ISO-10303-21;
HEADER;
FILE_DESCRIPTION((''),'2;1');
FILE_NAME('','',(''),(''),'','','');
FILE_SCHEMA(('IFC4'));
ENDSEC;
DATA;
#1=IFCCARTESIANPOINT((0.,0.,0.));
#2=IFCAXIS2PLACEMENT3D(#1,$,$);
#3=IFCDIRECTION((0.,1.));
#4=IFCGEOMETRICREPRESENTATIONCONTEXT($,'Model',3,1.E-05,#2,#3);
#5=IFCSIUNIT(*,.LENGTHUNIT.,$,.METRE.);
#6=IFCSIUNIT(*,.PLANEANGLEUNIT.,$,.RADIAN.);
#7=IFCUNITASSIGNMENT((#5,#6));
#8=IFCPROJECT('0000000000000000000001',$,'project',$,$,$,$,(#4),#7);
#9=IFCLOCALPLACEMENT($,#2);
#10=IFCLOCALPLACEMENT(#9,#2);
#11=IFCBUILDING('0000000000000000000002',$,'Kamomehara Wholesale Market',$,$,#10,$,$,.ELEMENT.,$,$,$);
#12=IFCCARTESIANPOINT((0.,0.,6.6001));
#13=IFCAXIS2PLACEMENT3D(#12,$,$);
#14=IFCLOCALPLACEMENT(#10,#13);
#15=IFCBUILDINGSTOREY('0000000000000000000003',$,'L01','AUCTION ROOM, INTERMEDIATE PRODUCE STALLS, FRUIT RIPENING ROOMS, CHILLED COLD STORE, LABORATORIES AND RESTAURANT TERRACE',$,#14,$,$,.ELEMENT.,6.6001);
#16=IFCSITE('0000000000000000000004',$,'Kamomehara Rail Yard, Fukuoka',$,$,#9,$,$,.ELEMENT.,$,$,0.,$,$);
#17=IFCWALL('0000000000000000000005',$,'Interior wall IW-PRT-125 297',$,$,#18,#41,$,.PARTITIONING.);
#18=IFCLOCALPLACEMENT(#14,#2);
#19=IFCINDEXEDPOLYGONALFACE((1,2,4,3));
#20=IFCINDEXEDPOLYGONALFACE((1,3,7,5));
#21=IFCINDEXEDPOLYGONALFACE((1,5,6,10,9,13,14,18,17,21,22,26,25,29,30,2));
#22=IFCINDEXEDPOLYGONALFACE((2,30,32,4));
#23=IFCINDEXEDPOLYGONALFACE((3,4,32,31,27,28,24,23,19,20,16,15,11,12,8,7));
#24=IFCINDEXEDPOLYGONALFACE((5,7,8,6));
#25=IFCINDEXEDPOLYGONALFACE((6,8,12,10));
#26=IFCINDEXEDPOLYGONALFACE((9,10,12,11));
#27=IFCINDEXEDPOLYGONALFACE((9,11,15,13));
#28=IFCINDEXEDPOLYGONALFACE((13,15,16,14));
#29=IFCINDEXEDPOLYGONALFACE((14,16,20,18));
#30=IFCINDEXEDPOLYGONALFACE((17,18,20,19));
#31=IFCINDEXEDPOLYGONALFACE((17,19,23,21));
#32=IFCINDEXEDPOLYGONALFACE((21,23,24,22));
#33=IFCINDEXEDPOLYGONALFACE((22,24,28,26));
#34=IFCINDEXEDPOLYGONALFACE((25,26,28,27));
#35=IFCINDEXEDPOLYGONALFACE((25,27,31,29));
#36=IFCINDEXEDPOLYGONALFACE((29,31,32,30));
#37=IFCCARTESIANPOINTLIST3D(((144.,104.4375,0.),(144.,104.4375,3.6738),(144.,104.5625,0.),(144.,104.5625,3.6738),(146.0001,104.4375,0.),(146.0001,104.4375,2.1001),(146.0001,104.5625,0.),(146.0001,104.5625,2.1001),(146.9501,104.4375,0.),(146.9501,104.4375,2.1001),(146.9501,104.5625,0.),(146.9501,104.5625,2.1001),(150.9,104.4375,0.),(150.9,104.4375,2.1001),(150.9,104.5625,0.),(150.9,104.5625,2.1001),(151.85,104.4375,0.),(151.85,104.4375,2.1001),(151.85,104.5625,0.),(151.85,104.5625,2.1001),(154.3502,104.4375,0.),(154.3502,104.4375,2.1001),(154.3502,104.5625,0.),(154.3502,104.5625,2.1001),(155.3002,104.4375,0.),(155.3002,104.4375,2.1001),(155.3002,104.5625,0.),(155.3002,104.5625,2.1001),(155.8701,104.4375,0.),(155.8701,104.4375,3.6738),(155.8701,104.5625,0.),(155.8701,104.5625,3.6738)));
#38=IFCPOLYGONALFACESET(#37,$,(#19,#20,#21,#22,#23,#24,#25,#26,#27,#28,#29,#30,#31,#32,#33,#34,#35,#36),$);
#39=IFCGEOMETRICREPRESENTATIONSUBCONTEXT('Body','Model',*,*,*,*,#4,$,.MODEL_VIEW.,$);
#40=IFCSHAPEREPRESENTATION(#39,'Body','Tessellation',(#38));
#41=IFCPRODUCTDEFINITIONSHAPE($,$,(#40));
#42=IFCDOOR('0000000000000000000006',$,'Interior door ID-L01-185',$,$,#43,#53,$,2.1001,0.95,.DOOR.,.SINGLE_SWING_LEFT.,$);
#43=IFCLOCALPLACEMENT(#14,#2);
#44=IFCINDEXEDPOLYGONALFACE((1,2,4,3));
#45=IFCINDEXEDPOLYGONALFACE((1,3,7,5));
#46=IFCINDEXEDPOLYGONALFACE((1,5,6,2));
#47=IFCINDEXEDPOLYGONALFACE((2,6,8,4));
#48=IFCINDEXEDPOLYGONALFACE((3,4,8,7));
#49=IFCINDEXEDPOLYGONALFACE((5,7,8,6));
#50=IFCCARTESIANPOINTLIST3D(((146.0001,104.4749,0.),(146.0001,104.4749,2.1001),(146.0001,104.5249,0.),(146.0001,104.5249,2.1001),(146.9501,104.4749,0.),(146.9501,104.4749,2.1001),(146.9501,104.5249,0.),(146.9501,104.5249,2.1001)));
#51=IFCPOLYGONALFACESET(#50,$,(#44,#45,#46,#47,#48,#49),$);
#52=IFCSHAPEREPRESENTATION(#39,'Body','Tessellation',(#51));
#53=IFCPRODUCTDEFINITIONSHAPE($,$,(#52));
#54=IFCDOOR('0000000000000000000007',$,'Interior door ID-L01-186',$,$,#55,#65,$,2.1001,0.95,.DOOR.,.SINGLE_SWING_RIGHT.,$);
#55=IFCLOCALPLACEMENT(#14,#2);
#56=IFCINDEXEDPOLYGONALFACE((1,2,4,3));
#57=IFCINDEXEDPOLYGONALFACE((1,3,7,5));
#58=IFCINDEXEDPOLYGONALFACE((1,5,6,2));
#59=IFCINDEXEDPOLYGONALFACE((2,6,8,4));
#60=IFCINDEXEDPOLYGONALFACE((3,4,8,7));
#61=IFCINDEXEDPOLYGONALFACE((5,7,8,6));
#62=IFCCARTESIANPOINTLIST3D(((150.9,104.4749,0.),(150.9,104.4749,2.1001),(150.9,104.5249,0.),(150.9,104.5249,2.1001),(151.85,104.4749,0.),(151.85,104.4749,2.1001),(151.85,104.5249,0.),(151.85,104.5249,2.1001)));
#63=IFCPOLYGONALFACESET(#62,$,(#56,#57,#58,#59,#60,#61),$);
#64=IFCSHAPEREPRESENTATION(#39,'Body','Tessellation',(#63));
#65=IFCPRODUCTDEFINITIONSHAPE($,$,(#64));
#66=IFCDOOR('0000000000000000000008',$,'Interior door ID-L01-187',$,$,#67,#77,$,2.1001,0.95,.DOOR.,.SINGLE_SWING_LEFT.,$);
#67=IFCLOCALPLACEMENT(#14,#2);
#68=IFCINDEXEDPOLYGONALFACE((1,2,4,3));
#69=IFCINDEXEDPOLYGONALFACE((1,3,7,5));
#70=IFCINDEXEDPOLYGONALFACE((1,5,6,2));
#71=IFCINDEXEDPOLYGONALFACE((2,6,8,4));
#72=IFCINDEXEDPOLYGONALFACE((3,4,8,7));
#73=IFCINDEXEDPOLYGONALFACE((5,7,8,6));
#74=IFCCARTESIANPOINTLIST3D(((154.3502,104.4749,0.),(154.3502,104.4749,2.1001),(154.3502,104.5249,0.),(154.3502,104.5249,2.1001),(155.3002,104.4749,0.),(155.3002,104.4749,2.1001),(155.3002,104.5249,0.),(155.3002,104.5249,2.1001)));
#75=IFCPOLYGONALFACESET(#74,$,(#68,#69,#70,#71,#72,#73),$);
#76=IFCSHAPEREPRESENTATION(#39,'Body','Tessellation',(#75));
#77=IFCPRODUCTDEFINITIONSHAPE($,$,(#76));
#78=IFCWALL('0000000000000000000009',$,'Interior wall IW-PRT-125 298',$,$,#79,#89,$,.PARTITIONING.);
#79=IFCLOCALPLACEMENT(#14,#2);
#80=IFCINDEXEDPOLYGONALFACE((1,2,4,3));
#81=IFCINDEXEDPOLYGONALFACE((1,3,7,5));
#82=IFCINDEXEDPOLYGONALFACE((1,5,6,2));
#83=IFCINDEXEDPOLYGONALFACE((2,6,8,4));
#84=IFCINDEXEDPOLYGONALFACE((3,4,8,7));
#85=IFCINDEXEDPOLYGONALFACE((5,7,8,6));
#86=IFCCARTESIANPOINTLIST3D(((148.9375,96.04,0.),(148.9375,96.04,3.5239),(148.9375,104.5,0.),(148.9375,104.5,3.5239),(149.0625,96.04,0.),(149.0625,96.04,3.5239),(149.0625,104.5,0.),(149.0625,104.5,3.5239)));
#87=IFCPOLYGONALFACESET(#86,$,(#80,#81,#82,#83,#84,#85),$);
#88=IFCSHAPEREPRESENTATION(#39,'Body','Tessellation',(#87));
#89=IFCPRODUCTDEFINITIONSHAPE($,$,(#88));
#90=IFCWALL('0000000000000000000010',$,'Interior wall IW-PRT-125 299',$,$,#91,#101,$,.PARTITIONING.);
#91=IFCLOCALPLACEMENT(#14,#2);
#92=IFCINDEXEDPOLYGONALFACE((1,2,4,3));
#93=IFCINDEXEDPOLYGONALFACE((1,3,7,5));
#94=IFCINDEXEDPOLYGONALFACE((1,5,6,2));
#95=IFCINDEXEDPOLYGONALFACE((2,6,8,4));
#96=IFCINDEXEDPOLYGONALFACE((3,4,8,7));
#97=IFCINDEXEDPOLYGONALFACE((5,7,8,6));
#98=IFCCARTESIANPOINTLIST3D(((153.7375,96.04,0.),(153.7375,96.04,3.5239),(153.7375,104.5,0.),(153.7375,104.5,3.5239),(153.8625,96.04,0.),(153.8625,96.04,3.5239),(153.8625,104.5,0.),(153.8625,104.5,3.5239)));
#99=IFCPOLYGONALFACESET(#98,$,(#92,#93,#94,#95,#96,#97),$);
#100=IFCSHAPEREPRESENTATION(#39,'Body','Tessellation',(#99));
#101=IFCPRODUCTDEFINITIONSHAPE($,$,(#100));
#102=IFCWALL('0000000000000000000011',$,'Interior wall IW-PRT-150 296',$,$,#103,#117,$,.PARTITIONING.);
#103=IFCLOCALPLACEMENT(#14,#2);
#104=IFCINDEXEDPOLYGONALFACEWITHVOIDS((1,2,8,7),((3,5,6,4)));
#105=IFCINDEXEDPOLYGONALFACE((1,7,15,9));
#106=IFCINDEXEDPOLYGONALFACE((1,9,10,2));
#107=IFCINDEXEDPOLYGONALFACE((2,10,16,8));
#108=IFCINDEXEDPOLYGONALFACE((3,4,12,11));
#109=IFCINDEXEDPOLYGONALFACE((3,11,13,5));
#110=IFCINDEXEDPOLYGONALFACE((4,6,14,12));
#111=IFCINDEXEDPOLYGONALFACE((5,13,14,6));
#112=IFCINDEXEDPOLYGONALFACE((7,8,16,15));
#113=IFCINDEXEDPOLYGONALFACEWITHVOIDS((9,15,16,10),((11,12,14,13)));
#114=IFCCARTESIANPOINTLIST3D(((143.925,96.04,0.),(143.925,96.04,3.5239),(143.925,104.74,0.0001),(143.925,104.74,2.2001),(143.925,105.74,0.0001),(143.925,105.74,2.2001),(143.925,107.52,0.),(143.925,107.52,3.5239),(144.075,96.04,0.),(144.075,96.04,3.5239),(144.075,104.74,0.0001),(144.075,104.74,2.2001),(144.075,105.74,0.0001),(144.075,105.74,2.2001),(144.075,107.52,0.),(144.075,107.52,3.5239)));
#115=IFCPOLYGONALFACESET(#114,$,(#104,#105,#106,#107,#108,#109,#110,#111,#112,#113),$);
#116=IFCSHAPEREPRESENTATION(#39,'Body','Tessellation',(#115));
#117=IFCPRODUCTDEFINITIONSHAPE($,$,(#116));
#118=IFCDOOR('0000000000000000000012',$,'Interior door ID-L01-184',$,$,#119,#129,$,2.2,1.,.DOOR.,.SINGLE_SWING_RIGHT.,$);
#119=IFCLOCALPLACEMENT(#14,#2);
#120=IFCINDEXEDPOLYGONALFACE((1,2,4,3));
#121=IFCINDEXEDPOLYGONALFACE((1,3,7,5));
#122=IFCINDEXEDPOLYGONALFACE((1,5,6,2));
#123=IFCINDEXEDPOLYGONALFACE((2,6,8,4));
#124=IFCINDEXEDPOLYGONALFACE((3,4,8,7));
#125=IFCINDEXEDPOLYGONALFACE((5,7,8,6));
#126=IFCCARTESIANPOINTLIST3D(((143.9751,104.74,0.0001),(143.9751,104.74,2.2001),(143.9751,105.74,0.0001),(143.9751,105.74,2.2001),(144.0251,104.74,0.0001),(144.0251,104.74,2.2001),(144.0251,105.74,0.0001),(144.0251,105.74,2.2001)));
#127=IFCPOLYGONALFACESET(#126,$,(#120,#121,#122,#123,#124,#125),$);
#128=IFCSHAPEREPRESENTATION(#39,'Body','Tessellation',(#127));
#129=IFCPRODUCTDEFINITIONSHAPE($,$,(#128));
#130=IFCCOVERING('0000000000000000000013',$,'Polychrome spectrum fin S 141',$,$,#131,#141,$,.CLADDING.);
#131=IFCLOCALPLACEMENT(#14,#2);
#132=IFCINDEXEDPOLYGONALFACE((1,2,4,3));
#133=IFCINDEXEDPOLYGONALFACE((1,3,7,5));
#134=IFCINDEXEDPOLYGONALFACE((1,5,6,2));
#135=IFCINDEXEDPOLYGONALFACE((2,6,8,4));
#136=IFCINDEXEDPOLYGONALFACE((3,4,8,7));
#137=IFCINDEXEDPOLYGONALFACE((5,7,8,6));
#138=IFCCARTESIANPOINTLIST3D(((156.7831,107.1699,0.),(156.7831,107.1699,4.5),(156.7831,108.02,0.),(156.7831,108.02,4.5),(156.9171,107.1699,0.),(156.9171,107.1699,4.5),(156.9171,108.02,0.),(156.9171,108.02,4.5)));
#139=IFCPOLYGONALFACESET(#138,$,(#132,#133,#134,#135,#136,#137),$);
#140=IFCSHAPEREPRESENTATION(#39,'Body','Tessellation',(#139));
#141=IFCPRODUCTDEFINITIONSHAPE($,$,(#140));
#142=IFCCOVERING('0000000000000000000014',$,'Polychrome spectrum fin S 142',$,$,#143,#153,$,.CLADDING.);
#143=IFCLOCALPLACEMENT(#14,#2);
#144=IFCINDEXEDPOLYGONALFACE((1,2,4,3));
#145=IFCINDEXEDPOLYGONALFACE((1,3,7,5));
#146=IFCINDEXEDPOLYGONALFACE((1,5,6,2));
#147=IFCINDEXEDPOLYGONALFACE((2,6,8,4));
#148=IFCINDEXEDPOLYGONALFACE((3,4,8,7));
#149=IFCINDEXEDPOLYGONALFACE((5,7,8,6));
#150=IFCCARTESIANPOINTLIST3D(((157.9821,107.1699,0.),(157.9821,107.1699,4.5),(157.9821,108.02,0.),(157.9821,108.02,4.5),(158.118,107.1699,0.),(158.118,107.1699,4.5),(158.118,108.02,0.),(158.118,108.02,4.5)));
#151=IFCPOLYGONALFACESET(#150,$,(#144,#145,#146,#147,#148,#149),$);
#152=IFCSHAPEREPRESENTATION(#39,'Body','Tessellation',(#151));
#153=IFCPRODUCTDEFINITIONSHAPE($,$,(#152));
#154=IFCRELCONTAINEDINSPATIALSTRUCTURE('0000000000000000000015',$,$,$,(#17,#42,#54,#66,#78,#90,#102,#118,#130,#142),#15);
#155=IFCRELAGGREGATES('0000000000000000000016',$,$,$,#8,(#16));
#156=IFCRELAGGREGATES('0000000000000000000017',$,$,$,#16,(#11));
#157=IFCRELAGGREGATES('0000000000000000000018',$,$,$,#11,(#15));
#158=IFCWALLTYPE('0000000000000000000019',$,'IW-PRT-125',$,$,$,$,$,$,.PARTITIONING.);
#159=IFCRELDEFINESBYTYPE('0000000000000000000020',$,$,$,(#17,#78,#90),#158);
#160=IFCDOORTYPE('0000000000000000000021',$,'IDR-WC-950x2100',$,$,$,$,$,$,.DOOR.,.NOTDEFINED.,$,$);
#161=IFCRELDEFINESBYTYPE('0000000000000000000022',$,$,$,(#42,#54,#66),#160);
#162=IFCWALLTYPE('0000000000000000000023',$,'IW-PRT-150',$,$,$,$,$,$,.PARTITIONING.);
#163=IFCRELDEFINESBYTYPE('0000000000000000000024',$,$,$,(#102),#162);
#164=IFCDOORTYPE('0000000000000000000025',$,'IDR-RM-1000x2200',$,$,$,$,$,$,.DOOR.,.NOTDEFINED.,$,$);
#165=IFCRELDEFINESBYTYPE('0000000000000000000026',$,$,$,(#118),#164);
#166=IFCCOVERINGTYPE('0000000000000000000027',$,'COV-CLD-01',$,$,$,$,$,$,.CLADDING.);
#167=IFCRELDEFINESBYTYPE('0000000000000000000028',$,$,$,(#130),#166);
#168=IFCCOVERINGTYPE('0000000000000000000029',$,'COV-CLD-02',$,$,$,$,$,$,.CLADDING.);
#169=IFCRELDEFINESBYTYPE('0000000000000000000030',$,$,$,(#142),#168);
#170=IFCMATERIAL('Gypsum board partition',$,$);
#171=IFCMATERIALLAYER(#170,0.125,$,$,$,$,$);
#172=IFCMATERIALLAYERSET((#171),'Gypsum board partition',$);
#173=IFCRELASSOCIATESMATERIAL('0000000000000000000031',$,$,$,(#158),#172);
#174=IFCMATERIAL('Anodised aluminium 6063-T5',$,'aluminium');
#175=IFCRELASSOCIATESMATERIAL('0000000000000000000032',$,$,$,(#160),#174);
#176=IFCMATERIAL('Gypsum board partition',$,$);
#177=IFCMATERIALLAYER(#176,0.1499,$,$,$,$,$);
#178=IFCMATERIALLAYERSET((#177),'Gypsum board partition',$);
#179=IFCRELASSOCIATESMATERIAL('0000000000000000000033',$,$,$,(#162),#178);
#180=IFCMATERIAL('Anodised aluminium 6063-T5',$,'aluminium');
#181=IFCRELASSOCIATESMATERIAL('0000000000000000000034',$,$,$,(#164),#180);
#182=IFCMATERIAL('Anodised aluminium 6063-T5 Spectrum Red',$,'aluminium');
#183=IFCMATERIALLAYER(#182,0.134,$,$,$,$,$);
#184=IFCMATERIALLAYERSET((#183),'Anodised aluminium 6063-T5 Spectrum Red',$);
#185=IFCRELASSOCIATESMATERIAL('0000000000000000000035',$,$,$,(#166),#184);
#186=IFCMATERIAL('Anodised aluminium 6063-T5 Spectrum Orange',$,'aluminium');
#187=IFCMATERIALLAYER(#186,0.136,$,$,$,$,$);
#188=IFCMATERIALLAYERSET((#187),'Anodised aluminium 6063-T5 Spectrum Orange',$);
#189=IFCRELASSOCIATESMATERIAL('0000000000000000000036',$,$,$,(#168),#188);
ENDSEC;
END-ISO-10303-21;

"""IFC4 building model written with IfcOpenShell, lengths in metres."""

from ifc_helpers import new_model, si_unit, direction, frame, frame_2d, origin, origin_2d, place, context, subcontext, project, spatial, rectangle, extrude, material, layer, layer_set, type_object, element, fill, save


model = new_model("IFC4")

# Units and contexts
model_context = context("Model", 3, precision=1e-05, world=origin(), true_north=direction((0.0, 1.0)))
body_context = subcontext(model_context, "Body", "Model", "MODEL_VIEW")
ifc_project = project(units=[si_unit("LENGTHUNIT", "METRE"), si_unit("PLANEANGLEUNIT", "RADIAN")], contexts=[model_context])

# Site, building, storey
site_placement = place(None, origin())
site = spatial("IfcSite", under=ifc_project, at=site_placement, Name="Kamomehara Rail Yard, Fukuoka", CompositionType="ELEMENT", RefElevation=0.0)
building_placement = place(site_placement, origin())
building = spatial("IfcBuilding", under=site, at=building_placement, Name="Kamomehara Wholesale Market", CompositionType="ELEMENT")
storey_placement = place(building_placement, frame((0.0, 0.0, 6.6001)))
storey = spatial("IfcBuildingStorey", under=building, at=storey_placement, Name="L01", Description="AUCTION ROOM, INTERMEDIATE PRODUCE STALLS, FRUIT RIPENING ROOMS, CHILLED COLD STORE, LABORATORIES AND RESTAURANT TERRACE", CompositionType="ELEMENT", Elevation=6.6001)

# Wall, openings, doors
ifc_material_1 = material(Name="Gypsum board partition")
ifc_layer_1 = layer(ifc_material_1, 0.125)
ifc_layer_set_1 = layer_set([ifc_layer_1], Name="Gypsum board partition")
wall_type_1 = type_object("IfcWallType", Name="IW-PRT-125", PredefinedType="PARTITIONING", material=ifc_layer_set_1)
wall_1_placement = place(storey_placement, frame((144.0, 104.5, 0.0), z_axis=(0.0, 0.0, 1.0), x_axis=(1.0, 0.0, 0.0)))
wall_1 = element("IfcWall", 1, at=wall_1_placement, inside=storey, type_object=wall_type_1, Name="Interior wall IW-PRT-125 297", PredefinedType="PARTITIONING", context=body_context, shape_type="SweptSolid", body=[
    extrude(rectangle(XDim=11.8701, YDim=0.125, at=frame_2d((5.9351, 0.0))), origin(), (0.0, 0.0, 1.0), 3.6738),
])
opening_1_placement = place(wall_1_placement, frame((2.0, 0.0, 0.0)))
opening_1 = element("IfcOpeningElement", 2, at=opening_1_placement, cuts=wall_1, PredefinedType="OPENING", context=body_context, shape_type="SweptSolid", body=[
    extrude(rectangle(XDim=0.95, YDim=2.1001, at=frame_2d((0.4751, 1.05))), frame((0.0, 0.0774, 0.0), z_axis=(0.0, -1.0, 0.0), x_axis=(1.0, 0.0, 0.0)), (0.0, 0.0, 1.0), 0.1548),
])
opening_2_placement = place(wall_1_placement, frame((6.8999, 0.0, 0.0)))
opening_2 = element("IfcOpeningElement", 3, at=opening_2_placement, cuts=wall_1, PredefinedType="OPENING", context=body_context, shape_type="SweptSolid", body=[
    extrude(rectangle(XDim=0.95, YDim=2.1001, at=frame_2d((0.4751, 1.05))), frame((0.0, 0.0774, 0.0), z_axis=(0.0, -1.0, 0.0), x_axis=(1.0, 0.0, 0.0)), (0.0, 0.0, 1.0), 0.1548),
])
opening_3_placement = place(wall_1_placement, frame((10.3501, 0.0, 0.0)))
opening_3 = element("IfcOpeningElement", 4, at=opening_3_placement, cuts=wall_1, PredefinedType="OPENING", context=body_context, shape_type="SweptSolid", body=[
    extrude(rectangle(XDim=0.95, YDim=2.1001, at=frame_2d((0.4751, 1.05))), frame((0.0, 0.0774, 0.0), z_axis=(0.0, -1.0, 0.0), x_axis=(1.0, 0.0, 0.0)), (0.0, 0.0, 1.0), 0.1548),
])
ifc_material_2 = material(Name="Anodised aluminium 6063-T5", Category="aluminium")
door_type_1 = type_object("IfcDoorType", Name="IDR-WC-950x2100", OperationType="NOTDEFINED", PredefinedType="DOOR", material=ifc_material_2)
door_1_placement = place(opening_1_placement, origin())
door_1 = element("IfcDoor", 5, at=door_1_placement, inside=storey, type_object=door_type_1, Name="Interior door ID-L01-185", OperationType="SINGLE_SWING_LEFT", OverallHeight=2.1001, OverallWidth=0.95, PredefinedType="DOOR", context=body_context, shape_type="SweptSolid", body=[
    extrude(rectangle(XDim=0.95, YDim=2.1001, at=frame_2d((0.4751, 1.05))), frame((0.0, 0.0249, 0.0), z_axis=(0.0, -1.0, 0.0), x_axis=(1.0, 0.0, 0.0)), (0.0, 0.0, 1.0), 0.05),
])
fill(opening_1, door_1)
door_2_placement = place(opening_2_placement, origin())
door_2 = element("IfcDoor", 6, at=door_2_placement, inside=storey, type_object=door_type_1, Name="Interior door ID-L01-186", OperationType="SINGLE_SWING_RIGHT", OverallHeight=2.1001, OverallWidth=0.95, PredefinedType="DOOR", context=body_context, shape_type="SweptSolid", body=[
    extrude(rectangle(XDim=0.95, YDim=2.1001, at=frame_2d((0.4751, 1.05))), frame((0.0, 0.0249, 0.0), z_axis=(0.0, -1.0, 0.0), x_axis=(1.0, 0.0, 0.0)), (0.0, 0.0, 1.0), 0.05),
])
fill(opening_2, door_2)
door_3_placement = place(opening_3_placement, origin())
door_3 = element("IfcDoor", 7, at=door_3_placement, inside=storey, type_object=door_type_1, Name="Interior door ID-L01-187", OperationType="SINGLE_SWING_LEFT", OverallHeight=2.1001, OverallWidth=0.95, PredefinedType="DOOR", context=body_context, shape_type="SweptSolid", body=[
    extrude(rectangle(XDim=0.95, YDim=2.1001, at=frame_2d((0.4751, 1.05))), frame((0.0, 0.0249, 0.0), z_axis=(0.0, -1.0, 0.0), x_axis=(1.0, 0.0, 0.0)), (0.0, 0.0, 1.0), 0.05),
])
fill(opening_3, door_3)

# Walls
for number, where, z_axis, x_axis, name in (
    (8, (149.0, 96.04, 0.0), (0.0, 0.0, 1.0), (0.0, 1.0, 0.0), "Interior wall IW-PRT-125 298"),
    (9, (153.8, 96.04, 0.0), (0.0, 0.0, 1.0), (0.0, 1.0, 0.0), "Interior wall IW-PRT-125 299"),
):
    element("IfcWall", number, at=place(storey_placement, frame(where, z_axis=z_axis, x_axis=x_axis)), inside=storey, type_object=wall_type_1, Name=name, PredefinedType="PARTITIONING", context=body_context, shape_type="SweptSolid", body=[
        extrude(rectangle(XDim=8.46, YDim=0.125, at=frame_2d((4.23, 0.0))), origin(), (0.0, 0.0, 1.0), 3.5239),
    ])

# Wall, opening, door
ifc_material_3 = material(Name="Gypsum board partition")
ifc_layer_2 = layer(ifc_material_3, 0.1499)
ifc_layer_set_2 = layer_set([ifc_layer_2], Name="Gypsum board partition")
wall_type_2 = type_object("IfcWallType", Name="IW-PRT-150", PredefinedType="PARTITIONING", material=ifc_layer_set_2)
wall_2_placement = place(storey_placement, frame((144.0, 96.04, 0.0), z_axis=(0.0, 0.0, 1.0), x_axis=(0.0, 1.0, 0.0)))
wall_2 = element("IfcWall", 10, at=wall_2_placement, inside=storey, type_object=wall_type_2, Name="Interior wall IW-PRT-150 296", PredefinedType="PARTITIONING", context=body_context, shape_type="SweptSolid", body=[
    extrude(rectangle(XDim=11.48, YDim=0.1499, at=frame_2d((5.74, 0.0))), origin(), (0.0, 0.0, 1.0), 3.5239),
])
opening_4_placement = place(wall_2_placement, frame((8.7, 0.0, 0.0)))
opening_4 = element("IfcOpeningElement", 11, at=opening_4_placement, cuts=wall_2, PredefinedType="OPENING", context=body_context, shape_type="SweptSolid", body=[
    extrude(rectangle(XDim=1.0, YDim=2.2, at=frame_2d((0.5, 1.1001))), frame((0.0, 0.0898, 0.0), z_axis=(0.0, -1.0, 0.0), x_axis=(1.0, 0.0, 0.0)), (0.0, 0.0, 1.0), 0.1797),
])
ifc_material_4 = material(Name="Anodised aluminium 6063-T5", Category="aluminium")
door_type_2 = type_object("IfcDoorType", Name="IDR-RM-1000x2200", OperationType="NOTDEFINED", PredefinedType="DOOR", material=ifc_material_4)
door_4_placement = place(opening_4_placement, origin())
door_4 = element("IfcDoor", 12, at=door_4_placement, inside=storey, type_object=door_type_2, Name="Interior door ID-L01-184", OperationType="SINGLE_SWING_RIGHT", OverallHeight=2.2, OverallWidth=1.0, PredefinedType="DOOR", context=body_context, shape_type="SweptSolid", body=[
    extrude(rectangle(XDim=1.0, YDim=2.2, at=frame_2d((0.5, 1.1001))), frame((0.0, 0.0249, 0.0), z_axis=(0.0, -1.0, 0.0), x_axis=(1.0, 0.0, 0.0)), (0.0, 0.0, 1.0), 0.05),
])
fill(opening_4, door_4)

# Coverings
ifc_material_5 = material(Name="Anodised aluminium 6063-T5 Spectrum Red", Category="aluminium")
ifc_layer_3 = layer(ifc_material_5, 0.134)
ifc_layer_set_3 = layer_set([ifc_layer_3], Name="Anodised aluminium 6063-T5 Spectrum Red")
covering_type_1 = type_object("IfcCoveringType", Name="COV-CLD-01", PredefinedType="CLADDING", material=ifc_layer_set_3)
covering_1_placement = place(storey_placement, frame((156.8501, 107.595, 0.0), z_axis=(0.0, 0.0, 1.0), x_axis=(1.0, 0.0, 0.0)))
element("IfcCovering", 13, at=covering_1_placement, inside=storey, type_object=covering_type_1, Name="Polychrome spectrum fin S 141", PredefinedType="CLADDING", context=body_context, shape_type="SweptSolid", body=[
    extrude(rectangle(XDim=0.134, YDim=0.8501, at=origin_2d()), origin(), (0.0, 0.0, 1.0), 4.5),
])
ifc_material_6 = material(Name="Anodised aluminium 6063-T5 Spectrum Orange", Category="aluminium")
ifc_layer_4 = layer(ifc_material_6, 0.136)
ifc_layer_set_4 = layer_set([ifc_layer_4], Name="Anodised aluminium 6063-T5 Spectrum Orange")
covering_type_2 = type_object("IfcCoveringType", Name="COV-CLD-02", PredefinedType="CLADDING", material=ifc_layer_set_4)
covering_2_placement = place(storey_placement, frame((158.05, 107.595, 0.0), z_axis=(0.0, 0.0, 1.0), x_axis=(1.0, 0.0, 0.0)))
element("IfcCovering", 14, at=covering_2_placement, inside=storey, type_object=covering_type_2, Name="Polychrome spectrum fin S 142", PredefinedType="CLADDING", context=body_context, shape_type="SweptSolid", body=[
    extrude(rectangle(XDim=0.136, YDim=0.8501, at=origin_2d()), origin(), (0.0, 0.0, 1.0), 4.5),
])

save(model, "model.ifc")
